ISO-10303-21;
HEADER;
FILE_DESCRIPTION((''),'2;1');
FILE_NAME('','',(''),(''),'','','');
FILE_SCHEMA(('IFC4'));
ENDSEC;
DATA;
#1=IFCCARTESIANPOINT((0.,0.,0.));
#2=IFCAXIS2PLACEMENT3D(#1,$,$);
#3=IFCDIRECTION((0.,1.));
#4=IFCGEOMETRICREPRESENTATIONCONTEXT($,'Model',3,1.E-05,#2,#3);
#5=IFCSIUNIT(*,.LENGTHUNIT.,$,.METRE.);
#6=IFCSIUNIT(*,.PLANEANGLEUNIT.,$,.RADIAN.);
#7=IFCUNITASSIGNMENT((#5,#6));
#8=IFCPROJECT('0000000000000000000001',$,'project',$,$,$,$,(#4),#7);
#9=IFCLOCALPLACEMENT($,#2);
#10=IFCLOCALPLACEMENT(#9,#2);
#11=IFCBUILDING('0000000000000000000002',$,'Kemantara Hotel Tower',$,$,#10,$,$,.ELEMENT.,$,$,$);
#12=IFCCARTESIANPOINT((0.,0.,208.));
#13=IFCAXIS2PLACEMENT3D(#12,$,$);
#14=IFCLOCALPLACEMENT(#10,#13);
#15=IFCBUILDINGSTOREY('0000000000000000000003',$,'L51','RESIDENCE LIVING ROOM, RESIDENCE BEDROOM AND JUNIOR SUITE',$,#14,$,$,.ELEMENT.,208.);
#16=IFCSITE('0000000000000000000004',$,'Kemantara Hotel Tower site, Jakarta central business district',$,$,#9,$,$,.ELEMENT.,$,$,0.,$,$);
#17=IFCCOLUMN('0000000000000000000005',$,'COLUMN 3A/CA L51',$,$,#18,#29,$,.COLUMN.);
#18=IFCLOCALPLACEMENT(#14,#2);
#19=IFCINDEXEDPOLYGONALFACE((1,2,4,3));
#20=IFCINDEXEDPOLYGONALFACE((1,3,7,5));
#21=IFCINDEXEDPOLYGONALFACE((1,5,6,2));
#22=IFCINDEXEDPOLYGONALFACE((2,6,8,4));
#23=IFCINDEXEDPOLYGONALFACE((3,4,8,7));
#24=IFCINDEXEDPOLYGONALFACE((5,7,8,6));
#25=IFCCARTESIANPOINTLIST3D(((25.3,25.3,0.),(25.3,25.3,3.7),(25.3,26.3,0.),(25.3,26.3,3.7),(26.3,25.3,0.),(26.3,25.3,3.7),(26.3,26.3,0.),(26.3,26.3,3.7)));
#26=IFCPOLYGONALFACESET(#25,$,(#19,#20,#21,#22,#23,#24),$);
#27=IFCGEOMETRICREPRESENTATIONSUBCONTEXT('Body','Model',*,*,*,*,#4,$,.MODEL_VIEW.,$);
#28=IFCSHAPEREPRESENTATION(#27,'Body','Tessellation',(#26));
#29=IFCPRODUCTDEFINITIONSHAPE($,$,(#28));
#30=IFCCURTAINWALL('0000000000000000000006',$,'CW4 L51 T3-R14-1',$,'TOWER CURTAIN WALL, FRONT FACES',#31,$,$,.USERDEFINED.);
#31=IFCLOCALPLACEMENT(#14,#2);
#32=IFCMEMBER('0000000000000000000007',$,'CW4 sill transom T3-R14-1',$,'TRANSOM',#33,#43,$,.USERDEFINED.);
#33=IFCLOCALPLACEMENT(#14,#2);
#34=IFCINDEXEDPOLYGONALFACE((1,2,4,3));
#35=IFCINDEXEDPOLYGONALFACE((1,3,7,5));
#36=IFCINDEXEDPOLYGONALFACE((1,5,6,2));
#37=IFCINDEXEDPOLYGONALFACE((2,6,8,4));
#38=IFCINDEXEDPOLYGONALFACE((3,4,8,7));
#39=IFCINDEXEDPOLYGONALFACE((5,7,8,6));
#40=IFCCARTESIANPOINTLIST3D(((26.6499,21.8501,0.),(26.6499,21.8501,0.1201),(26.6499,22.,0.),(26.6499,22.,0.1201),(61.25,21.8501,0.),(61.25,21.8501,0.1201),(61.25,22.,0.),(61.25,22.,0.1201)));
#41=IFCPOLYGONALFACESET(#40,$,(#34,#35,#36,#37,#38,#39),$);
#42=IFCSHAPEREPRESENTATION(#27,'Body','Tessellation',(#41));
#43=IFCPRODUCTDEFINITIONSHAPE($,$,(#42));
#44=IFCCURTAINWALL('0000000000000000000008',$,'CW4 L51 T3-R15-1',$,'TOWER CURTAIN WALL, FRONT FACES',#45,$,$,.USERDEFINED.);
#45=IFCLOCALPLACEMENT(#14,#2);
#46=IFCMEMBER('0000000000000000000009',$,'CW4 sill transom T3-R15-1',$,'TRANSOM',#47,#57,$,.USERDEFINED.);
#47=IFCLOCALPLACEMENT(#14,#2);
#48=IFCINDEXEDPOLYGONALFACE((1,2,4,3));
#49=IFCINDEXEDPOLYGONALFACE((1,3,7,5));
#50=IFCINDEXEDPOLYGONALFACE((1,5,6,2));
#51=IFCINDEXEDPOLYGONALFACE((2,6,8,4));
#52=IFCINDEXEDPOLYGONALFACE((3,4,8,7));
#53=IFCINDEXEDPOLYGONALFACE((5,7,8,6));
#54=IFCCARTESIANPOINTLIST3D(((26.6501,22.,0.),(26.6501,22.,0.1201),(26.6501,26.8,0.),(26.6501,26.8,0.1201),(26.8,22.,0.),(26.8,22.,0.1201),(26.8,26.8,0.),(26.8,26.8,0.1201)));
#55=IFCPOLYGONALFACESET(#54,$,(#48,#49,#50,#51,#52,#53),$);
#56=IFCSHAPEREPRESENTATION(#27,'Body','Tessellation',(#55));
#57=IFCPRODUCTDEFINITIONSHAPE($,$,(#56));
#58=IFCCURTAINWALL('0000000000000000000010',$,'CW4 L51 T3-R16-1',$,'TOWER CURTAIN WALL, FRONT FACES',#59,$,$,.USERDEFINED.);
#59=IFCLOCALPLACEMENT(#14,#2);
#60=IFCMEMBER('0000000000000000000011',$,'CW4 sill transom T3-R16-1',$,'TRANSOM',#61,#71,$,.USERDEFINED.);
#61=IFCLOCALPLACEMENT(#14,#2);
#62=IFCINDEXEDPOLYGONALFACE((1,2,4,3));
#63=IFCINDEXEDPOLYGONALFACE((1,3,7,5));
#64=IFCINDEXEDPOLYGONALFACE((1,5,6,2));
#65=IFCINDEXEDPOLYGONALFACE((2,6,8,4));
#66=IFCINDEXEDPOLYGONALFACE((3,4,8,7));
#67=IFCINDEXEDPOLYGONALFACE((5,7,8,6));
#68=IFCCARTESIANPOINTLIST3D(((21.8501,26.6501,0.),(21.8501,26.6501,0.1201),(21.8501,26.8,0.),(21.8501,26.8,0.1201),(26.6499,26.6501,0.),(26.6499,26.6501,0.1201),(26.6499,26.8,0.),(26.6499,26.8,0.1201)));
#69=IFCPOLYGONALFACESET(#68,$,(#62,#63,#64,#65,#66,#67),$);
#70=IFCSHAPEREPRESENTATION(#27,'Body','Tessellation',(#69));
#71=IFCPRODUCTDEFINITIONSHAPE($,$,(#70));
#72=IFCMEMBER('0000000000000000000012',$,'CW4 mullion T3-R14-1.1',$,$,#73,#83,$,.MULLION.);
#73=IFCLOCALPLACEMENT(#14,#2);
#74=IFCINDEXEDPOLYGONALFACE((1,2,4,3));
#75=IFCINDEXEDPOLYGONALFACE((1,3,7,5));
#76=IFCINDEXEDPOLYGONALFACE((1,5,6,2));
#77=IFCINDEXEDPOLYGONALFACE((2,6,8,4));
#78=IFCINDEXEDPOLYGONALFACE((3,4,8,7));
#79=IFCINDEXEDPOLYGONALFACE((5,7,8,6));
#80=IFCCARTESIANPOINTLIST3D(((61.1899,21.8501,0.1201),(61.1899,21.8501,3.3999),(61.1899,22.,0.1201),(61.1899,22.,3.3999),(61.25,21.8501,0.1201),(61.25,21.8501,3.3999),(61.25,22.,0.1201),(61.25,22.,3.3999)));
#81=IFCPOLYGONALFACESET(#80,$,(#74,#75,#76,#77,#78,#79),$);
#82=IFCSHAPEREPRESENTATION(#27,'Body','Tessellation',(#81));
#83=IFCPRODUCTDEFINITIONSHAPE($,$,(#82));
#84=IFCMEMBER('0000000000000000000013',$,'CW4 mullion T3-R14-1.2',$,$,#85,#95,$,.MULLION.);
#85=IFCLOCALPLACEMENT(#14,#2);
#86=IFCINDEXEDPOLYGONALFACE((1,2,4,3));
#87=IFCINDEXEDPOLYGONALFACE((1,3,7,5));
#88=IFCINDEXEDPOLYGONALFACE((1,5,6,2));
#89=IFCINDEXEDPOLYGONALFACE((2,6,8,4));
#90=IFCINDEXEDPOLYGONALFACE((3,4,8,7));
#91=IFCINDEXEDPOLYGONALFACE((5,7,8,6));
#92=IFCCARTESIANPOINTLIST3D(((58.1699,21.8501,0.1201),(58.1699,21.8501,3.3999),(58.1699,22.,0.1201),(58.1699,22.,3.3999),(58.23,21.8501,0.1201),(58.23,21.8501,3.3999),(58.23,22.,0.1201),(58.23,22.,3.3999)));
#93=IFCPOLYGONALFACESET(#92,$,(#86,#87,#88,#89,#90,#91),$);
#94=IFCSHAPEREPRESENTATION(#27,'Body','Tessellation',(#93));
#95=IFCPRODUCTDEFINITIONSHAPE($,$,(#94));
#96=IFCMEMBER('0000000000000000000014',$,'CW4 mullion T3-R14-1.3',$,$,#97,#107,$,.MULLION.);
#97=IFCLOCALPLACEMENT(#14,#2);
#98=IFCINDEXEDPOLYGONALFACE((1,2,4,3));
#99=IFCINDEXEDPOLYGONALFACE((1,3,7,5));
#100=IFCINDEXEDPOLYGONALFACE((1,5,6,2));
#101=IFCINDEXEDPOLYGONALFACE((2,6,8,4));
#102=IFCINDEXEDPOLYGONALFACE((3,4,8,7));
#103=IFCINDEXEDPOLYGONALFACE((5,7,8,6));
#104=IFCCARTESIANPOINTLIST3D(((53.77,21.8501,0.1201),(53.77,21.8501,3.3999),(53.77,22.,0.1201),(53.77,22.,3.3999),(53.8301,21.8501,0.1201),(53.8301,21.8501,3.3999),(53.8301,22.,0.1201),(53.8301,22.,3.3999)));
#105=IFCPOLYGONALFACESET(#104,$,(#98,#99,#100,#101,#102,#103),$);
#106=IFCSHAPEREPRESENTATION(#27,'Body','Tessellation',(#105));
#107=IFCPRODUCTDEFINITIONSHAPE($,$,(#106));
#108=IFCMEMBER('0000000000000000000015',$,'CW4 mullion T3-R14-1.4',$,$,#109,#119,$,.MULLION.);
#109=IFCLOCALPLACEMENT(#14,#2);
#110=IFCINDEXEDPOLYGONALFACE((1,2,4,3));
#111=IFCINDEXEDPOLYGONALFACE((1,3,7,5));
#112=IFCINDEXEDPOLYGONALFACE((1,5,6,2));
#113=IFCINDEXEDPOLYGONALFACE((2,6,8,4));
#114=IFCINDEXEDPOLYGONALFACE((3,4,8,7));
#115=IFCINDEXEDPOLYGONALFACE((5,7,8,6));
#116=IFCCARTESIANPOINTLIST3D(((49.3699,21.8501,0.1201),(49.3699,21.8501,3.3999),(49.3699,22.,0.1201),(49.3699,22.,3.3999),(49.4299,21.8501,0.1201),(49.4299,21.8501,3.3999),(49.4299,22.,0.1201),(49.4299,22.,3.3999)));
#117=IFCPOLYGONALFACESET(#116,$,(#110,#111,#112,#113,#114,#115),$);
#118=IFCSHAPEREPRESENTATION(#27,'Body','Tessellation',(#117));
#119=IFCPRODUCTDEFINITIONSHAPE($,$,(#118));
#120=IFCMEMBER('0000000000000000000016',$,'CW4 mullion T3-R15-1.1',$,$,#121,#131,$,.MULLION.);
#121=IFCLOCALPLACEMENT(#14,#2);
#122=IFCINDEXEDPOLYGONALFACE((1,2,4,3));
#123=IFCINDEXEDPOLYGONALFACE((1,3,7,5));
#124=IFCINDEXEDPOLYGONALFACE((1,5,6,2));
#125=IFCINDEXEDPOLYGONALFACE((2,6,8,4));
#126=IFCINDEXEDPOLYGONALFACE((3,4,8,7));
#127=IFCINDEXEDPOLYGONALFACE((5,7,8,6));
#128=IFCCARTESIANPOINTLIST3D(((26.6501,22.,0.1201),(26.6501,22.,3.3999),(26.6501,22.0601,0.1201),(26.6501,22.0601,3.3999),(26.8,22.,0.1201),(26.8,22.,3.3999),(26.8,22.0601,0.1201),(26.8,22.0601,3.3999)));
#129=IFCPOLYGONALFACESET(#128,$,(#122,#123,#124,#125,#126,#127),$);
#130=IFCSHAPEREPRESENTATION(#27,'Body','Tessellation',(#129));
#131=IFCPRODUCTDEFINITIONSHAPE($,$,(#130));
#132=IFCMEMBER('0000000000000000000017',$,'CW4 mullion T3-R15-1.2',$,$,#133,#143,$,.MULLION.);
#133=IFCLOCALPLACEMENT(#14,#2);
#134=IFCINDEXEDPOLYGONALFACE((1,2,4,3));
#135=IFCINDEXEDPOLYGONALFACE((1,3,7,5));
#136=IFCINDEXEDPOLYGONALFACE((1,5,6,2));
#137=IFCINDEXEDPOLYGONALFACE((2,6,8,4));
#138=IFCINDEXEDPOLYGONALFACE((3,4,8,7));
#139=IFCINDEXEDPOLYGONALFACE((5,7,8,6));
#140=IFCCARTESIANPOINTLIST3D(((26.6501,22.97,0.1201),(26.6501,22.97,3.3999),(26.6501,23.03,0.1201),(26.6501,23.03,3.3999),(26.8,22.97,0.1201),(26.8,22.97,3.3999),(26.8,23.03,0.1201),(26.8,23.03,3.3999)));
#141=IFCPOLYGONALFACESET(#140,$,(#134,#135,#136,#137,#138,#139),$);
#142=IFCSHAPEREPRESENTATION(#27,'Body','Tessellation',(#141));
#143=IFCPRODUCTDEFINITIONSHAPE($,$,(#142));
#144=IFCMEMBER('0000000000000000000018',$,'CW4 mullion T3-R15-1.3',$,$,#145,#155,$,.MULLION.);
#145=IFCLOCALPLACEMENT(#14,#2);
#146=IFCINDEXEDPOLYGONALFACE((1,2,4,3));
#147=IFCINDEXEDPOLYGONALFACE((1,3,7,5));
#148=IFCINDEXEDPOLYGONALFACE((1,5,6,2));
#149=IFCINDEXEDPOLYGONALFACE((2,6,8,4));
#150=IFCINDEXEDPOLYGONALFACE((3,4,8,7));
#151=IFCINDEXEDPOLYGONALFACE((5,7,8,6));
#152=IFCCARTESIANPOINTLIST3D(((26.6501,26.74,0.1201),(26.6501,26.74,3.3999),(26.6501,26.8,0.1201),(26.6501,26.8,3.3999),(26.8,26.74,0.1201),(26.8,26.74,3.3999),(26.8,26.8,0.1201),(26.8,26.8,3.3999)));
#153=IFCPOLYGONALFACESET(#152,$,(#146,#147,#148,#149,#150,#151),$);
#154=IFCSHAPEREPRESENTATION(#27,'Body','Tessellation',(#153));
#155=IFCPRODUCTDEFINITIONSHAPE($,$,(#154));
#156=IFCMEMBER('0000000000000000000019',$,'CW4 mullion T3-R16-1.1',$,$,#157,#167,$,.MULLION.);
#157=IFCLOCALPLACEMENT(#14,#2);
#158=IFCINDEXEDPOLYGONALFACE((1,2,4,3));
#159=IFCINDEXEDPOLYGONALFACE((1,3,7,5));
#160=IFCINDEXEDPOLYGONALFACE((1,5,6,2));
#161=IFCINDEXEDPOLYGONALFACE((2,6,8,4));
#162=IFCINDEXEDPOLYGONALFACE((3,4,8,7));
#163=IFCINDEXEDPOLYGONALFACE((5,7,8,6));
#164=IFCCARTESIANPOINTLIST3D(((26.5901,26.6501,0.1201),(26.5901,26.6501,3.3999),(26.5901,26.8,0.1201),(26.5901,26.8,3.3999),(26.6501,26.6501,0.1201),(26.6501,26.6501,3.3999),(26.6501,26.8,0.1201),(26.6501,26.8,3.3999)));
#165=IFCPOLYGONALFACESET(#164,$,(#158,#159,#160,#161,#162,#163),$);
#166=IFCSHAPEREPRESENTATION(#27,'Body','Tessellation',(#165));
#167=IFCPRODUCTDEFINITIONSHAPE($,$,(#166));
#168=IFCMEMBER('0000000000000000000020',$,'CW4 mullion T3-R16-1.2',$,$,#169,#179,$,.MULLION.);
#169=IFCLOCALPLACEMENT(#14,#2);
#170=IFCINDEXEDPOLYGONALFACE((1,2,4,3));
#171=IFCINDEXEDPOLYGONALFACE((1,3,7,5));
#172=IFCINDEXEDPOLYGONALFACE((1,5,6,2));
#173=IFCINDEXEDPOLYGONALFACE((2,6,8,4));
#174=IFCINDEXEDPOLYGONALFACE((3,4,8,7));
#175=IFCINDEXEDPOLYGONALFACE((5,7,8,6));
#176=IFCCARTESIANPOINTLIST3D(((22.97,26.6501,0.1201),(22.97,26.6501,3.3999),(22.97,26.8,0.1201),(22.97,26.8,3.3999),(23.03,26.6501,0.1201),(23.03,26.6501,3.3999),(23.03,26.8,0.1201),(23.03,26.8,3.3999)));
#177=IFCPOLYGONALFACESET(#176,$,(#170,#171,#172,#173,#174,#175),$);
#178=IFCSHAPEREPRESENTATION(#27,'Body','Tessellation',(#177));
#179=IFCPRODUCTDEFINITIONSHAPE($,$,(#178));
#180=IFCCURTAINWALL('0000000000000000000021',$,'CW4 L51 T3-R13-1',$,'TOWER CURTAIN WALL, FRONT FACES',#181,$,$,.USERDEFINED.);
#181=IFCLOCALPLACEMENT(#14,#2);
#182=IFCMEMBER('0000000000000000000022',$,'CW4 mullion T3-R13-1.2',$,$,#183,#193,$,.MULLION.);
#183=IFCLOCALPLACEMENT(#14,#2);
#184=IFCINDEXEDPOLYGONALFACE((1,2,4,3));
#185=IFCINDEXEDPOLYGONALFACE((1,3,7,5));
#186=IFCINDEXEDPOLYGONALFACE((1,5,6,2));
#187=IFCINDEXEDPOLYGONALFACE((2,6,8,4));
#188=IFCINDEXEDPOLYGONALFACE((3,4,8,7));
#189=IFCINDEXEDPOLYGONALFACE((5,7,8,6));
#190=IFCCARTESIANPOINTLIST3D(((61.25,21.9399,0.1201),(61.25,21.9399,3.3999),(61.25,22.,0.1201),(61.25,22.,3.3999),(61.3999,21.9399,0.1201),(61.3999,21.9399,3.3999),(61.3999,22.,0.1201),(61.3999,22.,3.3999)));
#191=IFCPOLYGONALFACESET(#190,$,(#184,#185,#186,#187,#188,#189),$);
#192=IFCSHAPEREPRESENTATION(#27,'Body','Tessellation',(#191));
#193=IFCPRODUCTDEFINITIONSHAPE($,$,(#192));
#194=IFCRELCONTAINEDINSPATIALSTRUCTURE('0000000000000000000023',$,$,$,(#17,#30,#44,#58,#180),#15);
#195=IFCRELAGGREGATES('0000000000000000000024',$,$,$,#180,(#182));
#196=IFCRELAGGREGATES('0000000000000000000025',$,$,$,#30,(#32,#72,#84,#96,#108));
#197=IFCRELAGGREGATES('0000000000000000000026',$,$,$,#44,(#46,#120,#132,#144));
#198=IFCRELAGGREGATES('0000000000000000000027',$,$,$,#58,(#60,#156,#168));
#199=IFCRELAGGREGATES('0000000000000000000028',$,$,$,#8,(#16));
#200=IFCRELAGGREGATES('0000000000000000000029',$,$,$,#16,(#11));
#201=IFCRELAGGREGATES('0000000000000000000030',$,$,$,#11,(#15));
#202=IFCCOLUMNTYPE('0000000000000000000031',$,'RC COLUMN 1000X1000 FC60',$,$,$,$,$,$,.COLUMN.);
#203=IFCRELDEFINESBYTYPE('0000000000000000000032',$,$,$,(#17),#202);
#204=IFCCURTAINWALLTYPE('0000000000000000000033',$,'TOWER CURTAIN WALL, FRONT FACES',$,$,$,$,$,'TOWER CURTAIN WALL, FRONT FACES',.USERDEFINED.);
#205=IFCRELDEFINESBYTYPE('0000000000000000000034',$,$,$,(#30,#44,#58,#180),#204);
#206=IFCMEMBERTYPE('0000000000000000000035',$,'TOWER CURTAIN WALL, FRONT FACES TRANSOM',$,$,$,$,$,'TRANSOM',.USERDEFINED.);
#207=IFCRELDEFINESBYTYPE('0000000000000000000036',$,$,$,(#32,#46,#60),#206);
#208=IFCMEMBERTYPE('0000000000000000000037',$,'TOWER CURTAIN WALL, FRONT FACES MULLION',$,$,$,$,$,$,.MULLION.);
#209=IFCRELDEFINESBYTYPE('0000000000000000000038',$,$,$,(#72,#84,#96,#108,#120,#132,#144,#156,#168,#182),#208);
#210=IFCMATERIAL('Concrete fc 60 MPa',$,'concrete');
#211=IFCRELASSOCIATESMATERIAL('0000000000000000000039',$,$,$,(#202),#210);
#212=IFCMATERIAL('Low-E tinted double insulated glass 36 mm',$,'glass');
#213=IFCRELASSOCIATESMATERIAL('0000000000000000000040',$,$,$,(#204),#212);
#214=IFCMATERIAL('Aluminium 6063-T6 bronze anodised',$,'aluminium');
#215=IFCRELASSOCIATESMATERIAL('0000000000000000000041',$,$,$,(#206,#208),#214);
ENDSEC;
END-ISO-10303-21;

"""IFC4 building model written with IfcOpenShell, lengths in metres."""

from ifc_helpers import new_model, si_unit, direction, frame, origin, origin_2d, place, context, subcontext, project, spatial, rectangle, extrude, source, transform, mapped, material, material_profile, profile_set, type_object, element, aggregate, save


model = new_model("IFC4")

# Units and contexts
model_context = context("Model", 3, precision=1e-05, world=origin(), true_north=direction((0.0, 1.0)))
body_context = subcontext(model_context, "Body", "Model", "MODEL_VIEW")
ifc_project = project(units=[si_unit("LENGTHUNIT", "METRE"), si_unit("PLANEANGLEUNIT", "RADIAN")], contexts=[model_context])

# Site, building, storey
site_placement = place(None, origin())
site = spatial("IfcSite", under=ifc_project, at=site_placement, Name="Kemantara Hotel Tower site, Jakarta central business district", CompositionType="ELEMENT", RefElevation=0.0)
building_placement = place(site_placement, origin())
building = spatial("IfcBuilding", under=site, at=building_placement, Name="Kemantara Hotel Tower", CompositionType="ELEMENT")
storey_placement = place(building_placement, frame((0.0, 0.0, 208.0)))
storey = spatial("IfcBuildingStorey", under=building, at=storey_placement, Name="L51", Description="RESIDENCE LIVING ROOM, RESIDENCE BEDROOM AND JUNIOR SUITE", CompositionType="ELEMENT", Elevation=208.0)

# Column
ifc_material_1 = material(Name="Concrete fc 60 MPa", Category="concrete")
ifc_material_profile_1 = material_profile(ifc_material_1, rectangle(XDim=1.0, YDim=1.0, at=origin_2d()), Name="RC 1000X1000")
ifc_profile_set_1 = profile_set([ifc_material_profile_1], Name="Concrete fc 60 MPa")
column_type = type_object("IfcColumnType", Name="RC COLUMN 1000X1000 FC60", PredefinedType="COLUMN", material=ifc_profile_set_1)
column_placement = place(storey_placement, frame((25.8, 25.8, 0.0), z_axis=(0.0, 0.0, 1.0), x_axis=(1.0, 0.0, 0.0)))
element("IfcColumn", 1, at=column_placement, inside=storey, type_object=column_type, Name="COLUMN 3A/CA L51", PredefinedType="COLUMN", context=body_context, shape_type="SweptSolid", body=[
    extrude(rectangle(XDim=1.0, YDim=1.0, at=origin_2d()), origin(), (0.0, 0.0, 1.0), 3.7),
])

# Curtain walls, members
ifc_material_2 = material(Name="Low-E tinted double insulated glass 36 mm", Category="glass")
curtain_wall_type = type_object("IfcCurtainWallType", Name="TOWER CURTAIN WALL, FRONT FACES", ElementType="TOWER CURTAIN WALL, FRONT FACES", PredefinedType="USERDEFINED", material=ifc_material_2)
curtain_wall_1_placement = place(storey_placement, origin())
curtain_wall_1 = element("IfcCurtainWall", 2, at=curtain_wall_1_placement, inside=storey, type_object=curtain_wall_type, Name="CW4 L51 T3-R14-1", ObjectType="TOWER CURTAIN WALL, FRONT FACES", PredefinedType="USERDEFINED")
ifc_material_3 = material(Name="Aluminium 6063-T6 bronze anodised", Category="aluminium")
ifc_material_profile_2 = material_profile(ifc_material_3, rectangle(XDim=0.1499, YDim=0.1201, at=origin_2d()), Name="TOWER CURTAIN WALL, FRONT FACES TRANSOM")
ifc_profile_set_2 = profile_set([ifc_material_profile_2], Name="Aluminium 6063-T6 bronze anodised")
member_type_1 = type_object("IfcMemberType", Name="TOWER CURTAIN WALL, FRONT FACES TRANSOM", ElementType="TRANSOM", PredefinedType="USERDEFINED", material=ifc_profile_set_2)
member_1_placement = place(storey_placement, frame((61.25, 21.925, 0.0601), z_axis=(-1.0, 0.0, 0.0), x_axis=(0.0, -1.0, 0.0)))
member_1 = element("IfcMember", 3, at=member_1_placement, type_object=member_type_1, Name="CW4 sill transom T3-R14-1", ObjectType="TRANSOM", PredefinedType="USERDEFINED", context=body_context, shape_type="SweptSolid", body=[
    extrude(rectangle(XDim=0.1499, YDim=0.1201, at=origin_2d()), origin(), (0.0, 0.0, 1.0), 34.6001),
])
curtain_wall_2_placement = place(storey_placement, origin())
curtain_wall_2 = element("IfcCurtainWall", 4, at=curtain_wall_2_placement, inside=storey, type_object=curtain_wall_type, Name="CW4 L51 T3-R15-1", ObjectType="TOWER CURTAIN WALL, FRONT FACES", PredefinedType="USERDEFINED")
member_2_placement = place(storey_placement, frame((26.7251, 22.0, 0.0601), z_axis=(0.0, 1.0, 0.0), x_axis=(-1.0, 0.0, 0.0)))
member_2 = element("IfcMember", 5, at=member_2_placement, type_object=member_type_1, Name="CW4 sill transom T3-R15-1", ObjectType="TRANSOM", PredefinedType="USERDEFINED", context=body_context, shape_type="SweptSolid", body=[
    extrude(rectangle(XDim=0.1499, YDim=0.1201, at=origin_2d()), origin(), (0.0, 0.0, 1.0), 4.8),
])
curtain_wall_3_placement = place(storey_placement, origin())
curtain_wall_3 = element("IfcCurtainWall", 6, at=curtain_wall_3_placement, inside=storey, type_object=curtain_wall_type, Name="CW4 L51 T3-R16-1", ObjectType="TOWER CURTAIN WALL, FRONT FACES", PredefinedType="USERDEFINED")
member_3_placement = place(storey_placement, frame((26.6499, 26.7251, 0.0601), z_axis=(-1.0, 0.0, 0.0), x_axis=(0.0, -1.0, 0.0)))
member_3 = element("IfcMember", 7, at=member_3_placement, type_object=member_type_1, Name="CW4 sill transom T3-R16-1", ObjectType="TRANSOM", PredefinedType="USERDEFINED", context=body_context, shape_type="SweptSolid", body=[
    extrude(rectangle(XDim=0.1499, YDim=0.1201, at=origin_2d()), origin(), (0.0, 0.0, 1.0), 4.7998),
])

# Members
ifc_material_profile_3 = material_profile(ifc_material_3, rectangle(XDim=0.1499, YDim=0.0601, at=origin_2d()), Name="TOWER CURTAIN WALL, FRONT FACES MULLION")
ifc_profile_set_3 = profile_set([ifc_material_profile_3], Name="Aluminium 6063-T6 bronze anodised")
member_type_2 = type_object("IfcMemberType", Name="TOWER CURTAIN WALL, FRONT FACES MULLION", PredefinedType="MULLION", material=ifc_profile_set_3)
shared_shape_1 = source(origin(), body_context, "Body", "SweptSolid", [
    extrude(rectangle(XDim=0.1499, YDim=0.0601, at=origin_2d()), origin(), (0.0, 0.0, 1.0), 3.2798),
])
member_4_placement = place(storey_placement, frame((61.22, 21.925, 0.1201), z_axis=(0.0, 0.0, 1.0), x_axis=(0.0, -1.0, 0.0)))
member_4 = element("IfcMember", 8, at=member_4_placement, type_object=member_type_2, Name="CW4 mullion T3-R14-1.1", PredefinedType="MULLION", context=body_context, shape_type="MappedRepresentation", body=[
    mapped(shared_shape_1, transform((0.0, 0.0, 0.0))),
])
member_5_placement = place(storey_placement, frame((58.2, 21.925, 0.1201), z_axis=(0.0, 0.0, 1.0), x_axis=(0.0, -1.0, 0.0)))
member_5 = element("IfcMember", 9, at=member_5_placement, type_object=member_type_2, Name="CW4 mullion T3-R14-1.2", PredefinedType="MULLION", context=body_context, shape_type="MappedRepresentation", body=[
    mapped(shared_shape_1, transform((0.0, 0.0, 0.0))),
])
member_6_placement = place(storey_placement, frame((53.8, 21.925, 0.1201), z_axis=(0.0, 0.0, 1.0), x_axis=(0.0, -1.0, 0.0)))
member_6 = element("IfcMember", 10, at=member_6_placement, type_object=member_type_2, Name="CW4 mullion T3-R14-1.3", PredefinedType="MULLION", context=body_context, shape_type="MappedRepresentation", body=[
    mapped(shared_shape_1, transform((0.0, 0.0, 0.0))),
])
member_7_placement = place(storey_placement, frame((49.3999, 21.925, 0.1201), z_axis=(0.0, 0.0, 1.0), x_axis=(0.0, -1.0, 0.0)))
member_7 = element("IfcMember", 11, at=member_7_placement, type_object=member_type_2, Name="CW4 mullion T3-R14-1.4", PredefinedType="MULLION", context=body_context, shape_type="MappedRepresentation", body=[
    mapped(shared_shape_1, transform((0.0, 0.0, 0.0))),
])
member_8_placement = place(storey_placement, frame((26.7251, 22.03, 0.1201), z_axis=(0.0, 0.0, 1.0), x_axis=(-1.0, 0.0, 0.0)))
member_8 = element("IfcMember", 12, at=member_8_placement, type_object=member_type_2, Name="CW4 mullion T3-R15-1.1", PredefinedType="MULLION", context=body_context, shape_type="MappedRepresentation", body=[
    mapped(shared_shape_1, transform((0.0, 0.0, 0.0))),
])
member_9_placement = place(storey_placement, frame((26.7251, 23.0, 0.1201), z_axis=(0.0, 0.0, 1.0), x_axis=(-1.0, 0.0, 0.0)))
member_9 = element("IfcMember", 13, at=member_9_placement, type_object=member_type_2, Name="CW4 mullion T3-R15-1.2", PredefinedType="MULLION", context=body_context, shape_type="MappedRepresentation", body=[
    mapped(shared_shape_1, transform((0.0, 0.0, 0.0))),
])
member_10_placement = place(storey_placement, frame((26.7251, 26.77, 0.1201), z_axis=(0.0, 0.0, 1.0), x_axis=(-1.0, 0.0, 0.0)))
member_10 = element("IfcMember", 14, at=member_10_placement, type_object=member_type_2, Name="CW4 mullion T3-R15-1.3", PredefinedType="MULLION", context=body_context, shape_type="MappedRepresentation", body=[
    mapped(shared_shape_1, transform((0.0, 0.0, 0.0))),
])
member_11_placement = place(storey_placement, frame((26.6201, 26.7251, 0.1201), z_axis=(0.0, 0.0, 1.0), x_axis=(0.0, -1.0, 0.0)))
member_11 = element("IfcMember", 15, at=member_11_placement, type_object=member_type_2, Name="CW4 mullion T3-R16-1.1", PredefinedType="MULLION", context=body_context, shape_type="MappedRepresentation", body=[
    mapped(shared_shape_1, transform((0.0, 0.0, 0.0))),
])
member_12_placement = place(storey_placement, frame((23.0, 26.7251, 0.1201), z_axis=(0.0, 0.0, 1.0), x_axis=(0.0, -1.0, 0.0)))
member_12 = element("IfcMember", 16, at=member_12_placement, type_object=member_type_2, Name="CW4 mullion T3-R16-1.2", PredefinedType="MULLION", context=body_context, shape_type="MappedRepresentation", body=[
    mapped(shared_shape_1, transform((0.0, 0.0, 0.0))),
])

# Curtain wall, member
curtain_wall_4_placement = place(storey_placement, origin())
curtain_wall_4 = element("IfcCurtainWall", 17, at=curtain_wall_4_placement, inside=storey, type_object=curtain_wall_type, Name="CW4 L51 T3-R13-1", ObjectType="TOWER CURTAIN WALL, FRONT FACES", PredefinedType="USERDEFINED")
member_13_placement = place(storey_placement, frame((61.325, 21.97, 0.1201), z_axis=(0.0, 0.0, 1.0), x_axis=(-1.0, 0.0, 0.0)))
member_13 = element("IfcMember", 18, at=member_13_placement, type_object=member_type_2, Name="CW4 mullion T3-R13-1.2", PredefinedType="MULLION", context=body_context, shape_type="MappedRepresentation", body=[
    mapped(shared_shape_1, transform((0.0, 0.0, 0.0))),
])
aggregate(curtain_wall_4, [member_13])

aggregate(curtain_wall_1, [member_1, member_4, member_5, member_6, member_7])
aggregate(curtain_wall_2, [member_2, member_8, member_9, member_10])
aggregate(curtain_wall_3, [member_3, member_11, member_12])

save(model, "model.ifc")
